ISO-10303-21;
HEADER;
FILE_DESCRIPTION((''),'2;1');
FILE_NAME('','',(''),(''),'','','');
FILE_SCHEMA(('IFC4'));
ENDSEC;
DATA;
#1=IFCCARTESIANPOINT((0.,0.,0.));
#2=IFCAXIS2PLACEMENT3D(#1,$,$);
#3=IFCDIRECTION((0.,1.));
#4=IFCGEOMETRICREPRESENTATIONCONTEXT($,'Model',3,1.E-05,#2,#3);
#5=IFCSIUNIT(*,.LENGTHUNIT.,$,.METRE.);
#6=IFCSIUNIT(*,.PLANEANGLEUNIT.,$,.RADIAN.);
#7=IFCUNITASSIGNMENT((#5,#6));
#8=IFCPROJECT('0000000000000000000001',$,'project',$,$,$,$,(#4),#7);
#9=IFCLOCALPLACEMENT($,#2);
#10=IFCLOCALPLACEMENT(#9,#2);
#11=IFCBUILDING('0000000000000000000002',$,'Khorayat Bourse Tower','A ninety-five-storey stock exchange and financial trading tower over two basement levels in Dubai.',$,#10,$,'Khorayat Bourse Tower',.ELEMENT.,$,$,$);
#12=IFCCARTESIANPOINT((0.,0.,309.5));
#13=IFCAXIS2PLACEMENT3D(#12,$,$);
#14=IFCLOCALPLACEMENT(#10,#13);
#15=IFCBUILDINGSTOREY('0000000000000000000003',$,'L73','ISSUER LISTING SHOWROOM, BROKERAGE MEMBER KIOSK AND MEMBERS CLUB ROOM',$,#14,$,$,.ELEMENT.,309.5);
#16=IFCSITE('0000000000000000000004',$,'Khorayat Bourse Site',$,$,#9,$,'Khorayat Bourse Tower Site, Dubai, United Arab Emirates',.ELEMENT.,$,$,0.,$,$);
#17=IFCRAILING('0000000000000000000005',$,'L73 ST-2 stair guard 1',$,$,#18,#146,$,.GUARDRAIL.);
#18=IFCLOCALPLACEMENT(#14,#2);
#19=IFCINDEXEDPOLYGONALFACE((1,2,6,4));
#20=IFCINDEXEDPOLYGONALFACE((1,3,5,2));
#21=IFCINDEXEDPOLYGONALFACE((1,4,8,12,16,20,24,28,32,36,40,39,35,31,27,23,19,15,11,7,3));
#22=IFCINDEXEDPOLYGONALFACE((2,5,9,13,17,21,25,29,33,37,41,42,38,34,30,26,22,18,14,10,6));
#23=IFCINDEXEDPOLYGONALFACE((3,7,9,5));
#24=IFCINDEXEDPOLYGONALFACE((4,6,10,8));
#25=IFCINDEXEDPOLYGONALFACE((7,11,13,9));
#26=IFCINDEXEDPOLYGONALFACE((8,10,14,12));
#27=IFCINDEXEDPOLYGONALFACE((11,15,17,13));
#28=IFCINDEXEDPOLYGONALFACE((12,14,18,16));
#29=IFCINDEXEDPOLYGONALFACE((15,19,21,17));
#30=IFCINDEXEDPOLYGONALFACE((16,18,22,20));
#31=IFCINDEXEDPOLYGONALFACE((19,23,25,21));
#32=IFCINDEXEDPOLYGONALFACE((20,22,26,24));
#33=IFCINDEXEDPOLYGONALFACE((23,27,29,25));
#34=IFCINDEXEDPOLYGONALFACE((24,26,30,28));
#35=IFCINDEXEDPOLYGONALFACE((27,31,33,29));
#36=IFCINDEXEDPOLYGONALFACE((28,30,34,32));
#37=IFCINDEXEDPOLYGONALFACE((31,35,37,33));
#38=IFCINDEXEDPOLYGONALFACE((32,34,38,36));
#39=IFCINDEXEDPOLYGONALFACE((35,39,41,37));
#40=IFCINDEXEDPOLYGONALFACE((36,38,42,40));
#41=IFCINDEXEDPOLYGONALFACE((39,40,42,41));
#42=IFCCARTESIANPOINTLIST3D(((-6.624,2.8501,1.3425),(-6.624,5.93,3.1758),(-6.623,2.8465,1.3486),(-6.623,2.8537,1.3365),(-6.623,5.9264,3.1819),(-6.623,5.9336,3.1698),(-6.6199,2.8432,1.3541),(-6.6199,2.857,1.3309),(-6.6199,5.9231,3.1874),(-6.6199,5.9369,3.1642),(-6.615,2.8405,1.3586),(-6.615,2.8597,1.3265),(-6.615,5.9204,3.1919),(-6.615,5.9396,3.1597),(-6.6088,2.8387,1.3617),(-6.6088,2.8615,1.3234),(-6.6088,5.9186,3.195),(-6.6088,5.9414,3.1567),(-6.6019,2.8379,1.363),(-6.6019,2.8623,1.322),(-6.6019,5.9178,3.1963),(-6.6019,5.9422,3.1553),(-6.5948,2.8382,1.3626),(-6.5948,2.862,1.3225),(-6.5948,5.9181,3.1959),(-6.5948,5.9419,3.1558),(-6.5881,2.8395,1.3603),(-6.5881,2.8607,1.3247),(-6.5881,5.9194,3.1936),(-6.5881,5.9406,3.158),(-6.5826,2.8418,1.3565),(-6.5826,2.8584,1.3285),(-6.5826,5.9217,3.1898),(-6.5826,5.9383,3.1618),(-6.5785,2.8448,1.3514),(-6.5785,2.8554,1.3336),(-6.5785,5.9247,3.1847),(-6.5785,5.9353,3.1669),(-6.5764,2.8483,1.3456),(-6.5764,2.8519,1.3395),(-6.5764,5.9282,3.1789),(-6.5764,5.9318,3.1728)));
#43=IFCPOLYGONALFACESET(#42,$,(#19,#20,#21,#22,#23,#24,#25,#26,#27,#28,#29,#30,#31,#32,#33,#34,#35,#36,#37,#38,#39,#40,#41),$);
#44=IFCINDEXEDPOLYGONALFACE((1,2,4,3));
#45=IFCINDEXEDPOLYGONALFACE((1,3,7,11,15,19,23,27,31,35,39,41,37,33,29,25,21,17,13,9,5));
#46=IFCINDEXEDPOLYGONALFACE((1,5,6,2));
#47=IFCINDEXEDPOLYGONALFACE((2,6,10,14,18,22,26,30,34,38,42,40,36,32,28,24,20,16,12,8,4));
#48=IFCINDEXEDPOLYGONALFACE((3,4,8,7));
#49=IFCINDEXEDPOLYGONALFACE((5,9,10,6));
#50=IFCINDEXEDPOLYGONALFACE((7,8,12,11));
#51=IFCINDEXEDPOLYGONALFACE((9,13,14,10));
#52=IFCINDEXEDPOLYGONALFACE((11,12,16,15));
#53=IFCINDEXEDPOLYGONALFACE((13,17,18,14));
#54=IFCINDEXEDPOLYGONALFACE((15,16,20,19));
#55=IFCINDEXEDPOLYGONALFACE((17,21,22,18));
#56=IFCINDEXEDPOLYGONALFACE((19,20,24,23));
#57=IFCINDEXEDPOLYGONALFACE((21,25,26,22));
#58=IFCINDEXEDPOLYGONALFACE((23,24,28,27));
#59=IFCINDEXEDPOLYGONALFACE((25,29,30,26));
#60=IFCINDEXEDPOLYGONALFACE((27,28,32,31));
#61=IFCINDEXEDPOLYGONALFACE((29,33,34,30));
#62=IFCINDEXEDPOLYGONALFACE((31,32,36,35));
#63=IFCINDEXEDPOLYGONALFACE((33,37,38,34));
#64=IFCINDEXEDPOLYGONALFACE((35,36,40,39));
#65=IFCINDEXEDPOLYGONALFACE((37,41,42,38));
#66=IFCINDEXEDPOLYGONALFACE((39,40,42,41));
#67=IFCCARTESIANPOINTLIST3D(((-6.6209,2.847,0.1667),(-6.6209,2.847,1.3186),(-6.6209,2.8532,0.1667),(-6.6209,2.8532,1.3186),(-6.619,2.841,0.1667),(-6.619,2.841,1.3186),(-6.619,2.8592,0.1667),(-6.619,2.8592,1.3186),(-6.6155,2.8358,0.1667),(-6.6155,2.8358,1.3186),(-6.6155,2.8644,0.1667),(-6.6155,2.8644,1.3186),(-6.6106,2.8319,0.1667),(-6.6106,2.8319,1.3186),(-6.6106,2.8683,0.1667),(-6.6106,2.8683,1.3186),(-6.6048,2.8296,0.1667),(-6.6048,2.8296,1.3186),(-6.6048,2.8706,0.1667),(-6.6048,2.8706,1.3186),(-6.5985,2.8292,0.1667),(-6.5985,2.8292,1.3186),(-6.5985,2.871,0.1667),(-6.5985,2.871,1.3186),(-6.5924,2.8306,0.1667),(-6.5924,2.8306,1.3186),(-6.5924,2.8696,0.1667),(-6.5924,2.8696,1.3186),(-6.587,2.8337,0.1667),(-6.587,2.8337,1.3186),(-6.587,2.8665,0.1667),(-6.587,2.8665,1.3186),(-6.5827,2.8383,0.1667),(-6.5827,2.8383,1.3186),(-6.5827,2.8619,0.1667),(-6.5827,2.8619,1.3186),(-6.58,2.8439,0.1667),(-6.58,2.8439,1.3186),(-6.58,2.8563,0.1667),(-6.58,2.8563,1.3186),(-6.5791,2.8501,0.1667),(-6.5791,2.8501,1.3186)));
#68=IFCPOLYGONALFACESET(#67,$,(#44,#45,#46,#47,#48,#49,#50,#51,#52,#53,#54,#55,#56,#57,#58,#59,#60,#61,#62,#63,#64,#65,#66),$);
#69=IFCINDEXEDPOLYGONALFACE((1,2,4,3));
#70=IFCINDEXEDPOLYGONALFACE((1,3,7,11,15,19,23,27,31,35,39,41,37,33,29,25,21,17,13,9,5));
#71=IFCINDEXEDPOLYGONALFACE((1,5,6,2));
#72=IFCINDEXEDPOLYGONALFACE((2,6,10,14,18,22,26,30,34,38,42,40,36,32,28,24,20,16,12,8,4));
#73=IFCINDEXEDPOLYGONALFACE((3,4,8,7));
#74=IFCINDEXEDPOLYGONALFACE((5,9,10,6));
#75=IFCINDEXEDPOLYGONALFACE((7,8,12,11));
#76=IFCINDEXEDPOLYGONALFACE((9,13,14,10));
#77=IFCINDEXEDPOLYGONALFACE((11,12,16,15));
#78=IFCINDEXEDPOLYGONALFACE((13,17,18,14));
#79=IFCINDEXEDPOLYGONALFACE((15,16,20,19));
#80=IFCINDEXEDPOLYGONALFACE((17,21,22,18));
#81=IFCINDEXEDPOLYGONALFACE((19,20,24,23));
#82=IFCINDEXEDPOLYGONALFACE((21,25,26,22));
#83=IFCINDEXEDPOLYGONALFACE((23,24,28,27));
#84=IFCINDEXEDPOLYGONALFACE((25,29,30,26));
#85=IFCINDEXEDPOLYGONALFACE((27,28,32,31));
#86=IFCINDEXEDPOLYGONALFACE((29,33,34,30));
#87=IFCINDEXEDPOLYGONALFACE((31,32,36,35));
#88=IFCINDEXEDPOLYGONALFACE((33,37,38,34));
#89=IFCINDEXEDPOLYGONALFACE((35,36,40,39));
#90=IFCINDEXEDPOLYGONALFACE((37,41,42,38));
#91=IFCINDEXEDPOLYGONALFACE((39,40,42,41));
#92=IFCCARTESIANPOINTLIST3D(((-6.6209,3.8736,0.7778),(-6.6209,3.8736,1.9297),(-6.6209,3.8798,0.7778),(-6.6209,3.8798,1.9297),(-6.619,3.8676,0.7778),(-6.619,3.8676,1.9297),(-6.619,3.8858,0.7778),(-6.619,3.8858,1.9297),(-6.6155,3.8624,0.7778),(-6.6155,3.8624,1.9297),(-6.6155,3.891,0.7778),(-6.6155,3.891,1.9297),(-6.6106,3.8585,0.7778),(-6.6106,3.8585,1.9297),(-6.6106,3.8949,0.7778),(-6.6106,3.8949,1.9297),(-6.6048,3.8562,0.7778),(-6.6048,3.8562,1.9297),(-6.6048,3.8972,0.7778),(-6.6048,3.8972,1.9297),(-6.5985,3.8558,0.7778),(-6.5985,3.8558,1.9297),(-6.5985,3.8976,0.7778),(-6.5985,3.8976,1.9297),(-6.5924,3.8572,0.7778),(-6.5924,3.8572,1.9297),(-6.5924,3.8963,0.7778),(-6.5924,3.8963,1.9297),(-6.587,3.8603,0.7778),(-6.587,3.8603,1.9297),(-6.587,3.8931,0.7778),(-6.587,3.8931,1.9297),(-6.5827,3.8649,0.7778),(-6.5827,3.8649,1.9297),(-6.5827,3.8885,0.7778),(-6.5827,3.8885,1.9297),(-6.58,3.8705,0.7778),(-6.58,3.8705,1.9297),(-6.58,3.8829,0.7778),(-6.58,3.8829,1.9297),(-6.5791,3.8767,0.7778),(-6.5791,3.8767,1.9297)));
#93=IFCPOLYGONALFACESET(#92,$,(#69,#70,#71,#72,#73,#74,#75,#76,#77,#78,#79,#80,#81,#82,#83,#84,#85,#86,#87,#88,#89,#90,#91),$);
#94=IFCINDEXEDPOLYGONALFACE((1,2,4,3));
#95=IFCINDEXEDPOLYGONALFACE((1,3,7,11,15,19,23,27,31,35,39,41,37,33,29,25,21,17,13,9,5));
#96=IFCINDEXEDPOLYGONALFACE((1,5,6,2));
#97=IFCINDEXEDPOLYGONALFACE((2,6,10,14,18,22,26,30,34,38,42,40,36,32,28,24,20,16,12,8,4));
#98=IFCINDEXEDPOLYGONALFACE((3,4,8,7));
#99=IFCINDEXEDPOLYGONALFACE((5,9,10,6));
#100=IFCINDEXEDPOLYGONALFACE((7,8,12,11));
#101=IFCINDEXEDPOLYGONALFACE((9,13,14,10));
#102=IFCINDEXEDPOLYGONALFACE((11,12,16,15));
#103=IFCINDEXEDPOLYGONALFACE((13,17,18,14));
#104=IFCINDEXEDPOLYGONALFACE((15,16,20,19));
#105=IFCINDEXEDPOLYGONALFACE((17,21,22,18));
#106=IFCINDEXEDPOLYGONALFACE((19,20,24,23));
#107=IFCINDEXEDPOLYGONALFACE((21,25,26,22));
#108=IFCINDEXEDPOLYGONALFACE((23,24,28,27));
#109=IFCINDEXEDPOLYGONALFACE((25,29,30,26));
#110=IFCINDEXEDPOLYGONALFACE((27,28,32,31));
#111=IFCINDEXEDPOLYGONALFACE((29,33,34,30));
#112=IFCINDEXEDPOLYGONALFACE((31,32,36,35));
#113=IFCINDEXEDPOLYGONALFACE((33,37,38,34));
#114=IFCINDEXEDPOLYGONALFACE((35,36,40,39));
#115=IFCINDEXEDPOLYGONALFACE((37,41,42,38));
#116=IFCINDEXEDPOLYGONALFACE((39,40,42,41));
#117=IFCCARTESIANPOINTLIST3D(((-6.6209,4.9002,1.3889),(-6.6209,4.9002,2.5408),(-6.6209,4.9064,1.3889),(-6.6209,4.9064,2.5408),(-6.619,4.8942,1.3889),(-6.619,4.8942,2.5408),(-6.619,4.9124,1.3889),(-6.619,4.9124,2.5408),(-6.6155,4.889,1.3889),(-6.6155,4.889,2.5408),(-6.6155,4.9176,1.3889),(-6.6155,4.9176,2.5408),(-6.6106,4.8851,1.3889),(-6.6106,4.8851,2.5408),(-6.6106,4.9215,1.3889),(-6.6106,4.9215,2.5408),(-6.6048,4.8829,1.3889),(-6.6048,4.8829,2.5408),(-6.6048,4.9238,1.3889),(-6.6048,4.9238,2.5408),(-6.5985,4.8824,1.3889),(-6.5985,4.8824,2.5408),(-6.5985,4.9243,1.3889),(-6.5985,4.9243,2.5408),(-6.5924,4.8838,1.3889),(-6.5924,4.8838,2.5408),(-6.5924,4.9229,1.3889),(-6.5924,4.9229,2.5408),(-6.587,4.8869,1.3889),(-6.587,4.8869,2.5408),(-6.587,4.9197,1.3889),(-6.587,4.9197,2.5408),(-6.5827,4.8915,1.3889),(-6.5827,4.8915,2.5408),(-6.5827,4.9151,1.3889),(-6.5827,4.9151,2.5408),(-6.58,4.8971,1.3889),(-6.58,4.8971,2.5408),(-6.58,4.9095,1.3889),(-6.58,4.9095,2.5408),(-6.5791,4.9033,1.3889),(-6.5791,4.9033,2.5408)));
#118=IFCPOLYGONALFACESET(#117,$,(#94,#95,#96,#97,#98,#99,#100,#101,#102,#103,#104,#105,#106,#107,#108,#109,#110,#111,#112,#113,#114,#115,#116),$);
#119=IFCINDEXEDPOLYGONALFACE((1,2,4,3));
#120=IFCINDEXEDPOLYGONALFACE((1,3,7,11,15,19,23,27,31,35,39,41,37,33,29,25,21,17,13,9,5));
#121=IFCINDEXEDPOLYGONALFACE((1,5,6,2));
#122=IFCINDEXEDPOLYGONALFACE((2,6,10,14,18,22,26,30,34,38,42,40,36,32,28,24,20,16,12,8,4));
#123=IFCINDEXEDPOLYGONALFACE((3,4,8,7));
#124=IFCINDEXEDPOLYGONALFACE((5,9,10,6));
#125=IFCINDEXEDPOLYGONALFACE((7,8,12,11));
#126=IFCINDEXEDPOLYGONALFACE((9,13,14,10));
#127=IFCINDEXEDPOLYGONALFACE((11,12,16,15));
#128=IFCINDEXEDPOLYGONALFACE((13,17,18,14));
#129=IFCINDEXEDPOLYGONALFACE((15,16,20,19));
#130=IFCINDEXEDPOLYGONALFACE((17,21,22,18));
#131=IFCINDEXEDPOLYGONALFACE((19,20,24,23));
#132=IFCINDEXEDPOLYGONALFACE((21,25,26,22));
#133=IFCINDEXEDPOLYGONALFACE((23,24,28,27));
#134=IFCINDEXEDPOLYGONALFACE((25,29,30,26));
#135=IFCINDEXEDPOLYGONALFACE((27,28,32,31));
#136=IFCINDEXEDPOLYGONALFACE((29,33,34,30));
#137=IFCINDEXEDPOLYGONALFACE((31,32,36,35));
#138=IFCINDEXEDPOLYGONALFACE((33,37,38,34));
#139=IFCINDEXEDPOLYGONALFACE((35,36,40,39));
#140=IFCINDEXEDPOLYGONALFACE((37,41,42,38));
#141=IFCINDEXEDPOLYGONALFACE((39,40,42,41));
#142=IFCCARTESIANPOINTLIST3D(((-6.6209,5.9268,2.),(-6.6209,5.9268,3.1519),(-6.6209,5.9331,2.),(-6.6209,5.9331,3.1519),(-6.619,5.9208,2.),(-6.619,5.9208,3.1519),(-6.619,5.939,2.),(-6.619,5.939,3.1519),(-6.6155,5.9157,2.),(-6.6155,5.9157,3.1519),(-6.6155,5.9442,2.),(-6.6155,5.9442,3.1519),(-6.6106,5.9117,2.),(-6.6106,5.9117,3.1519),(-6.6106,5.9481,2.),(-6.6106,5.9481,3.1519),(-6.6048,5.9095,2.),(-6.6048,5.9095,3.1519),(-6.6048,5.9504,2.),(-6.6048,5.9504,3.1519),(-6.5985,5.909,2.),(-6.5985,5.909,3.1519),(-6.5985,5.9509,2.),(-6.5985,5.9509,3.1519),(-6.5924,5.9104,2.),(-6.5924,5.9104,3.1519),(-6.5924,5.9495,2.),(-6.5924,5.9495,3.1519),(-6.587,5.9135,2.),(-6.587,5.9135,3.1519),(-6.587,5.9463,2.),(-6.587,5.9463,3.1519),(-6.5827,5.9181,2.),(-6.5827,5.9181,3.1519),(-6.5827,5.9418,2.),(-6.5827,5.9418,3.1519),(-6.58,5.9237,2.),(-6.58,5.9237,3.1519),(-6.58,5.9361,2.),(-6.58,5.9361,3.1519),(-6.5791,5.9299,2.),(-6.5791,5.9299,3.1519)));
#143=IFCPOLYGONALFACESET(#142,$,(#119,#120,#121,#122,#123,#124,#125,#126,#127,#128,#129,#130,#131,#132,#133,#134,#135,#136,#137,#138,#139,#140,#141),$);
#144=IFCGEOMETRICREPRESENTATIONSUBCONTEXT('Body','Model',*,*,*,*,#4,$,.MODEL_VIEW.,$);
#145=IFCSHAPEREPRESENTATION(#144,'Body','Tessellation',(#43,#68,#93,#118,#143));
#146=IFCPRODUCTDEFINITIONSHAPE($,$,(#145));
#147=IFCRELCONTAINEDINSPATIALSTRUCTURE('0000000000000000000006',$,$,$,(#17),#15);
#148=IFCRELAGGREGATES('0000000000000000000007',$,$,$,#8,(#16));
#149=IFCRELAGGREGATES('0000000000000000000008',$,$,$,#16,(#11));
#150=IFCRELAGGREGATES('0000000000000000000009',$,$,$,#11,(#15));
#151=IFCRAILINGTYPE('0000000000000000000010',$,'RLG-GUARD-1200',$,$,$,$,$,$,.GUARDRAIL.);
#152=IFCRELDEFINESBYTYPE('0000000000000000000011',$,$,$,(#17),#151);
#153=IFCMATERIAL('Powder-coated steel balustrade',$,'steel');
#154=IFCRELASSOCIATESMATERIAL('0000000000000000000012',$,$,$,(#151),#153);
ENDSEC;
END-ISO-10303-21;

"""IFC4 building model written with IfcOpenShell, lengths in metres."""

from ifc_helpers import new_model, si_unit, direction, frame, origin, origin_2d, place, context, subcontext, project, spatial, circle, extrude, source, transform, mapped, material, type_object, element, save


model = new_model("IFC4")

# Units and contexts
model_context = context("Model", 3, precision=1e-05, world=origin(), true_north=direction((0.0, 1.0)))
body_context = subcontext(model_context, "Body", "Model", "MODEL_VIEW")
ifc_project = project(units=[si_unit("LENGTHUNIT", "METRE"), si_unit("PLANEANGLEUNIT", "RADIAN")], contexts=[model_context])

# Site, building, storey
site_placement = place(None, origin())
site = spatial("IfcSite", under=ifc_project, at=site_placement, Name="Khorayat Bourse Site", LongName="Khorayat Bourse Tower Site, Dubai, United Arab Emirates", CompositionType="ELEMENT", RefElevation=0.0)
building_placement = place(site_placement, origin())
building = spatial("IfcBuilding", under=site, at=building_placement, Name="Khorayat Bourse Tower", Description="A ninety-five-storey stock exchange and financial trading tower over two basement levels in Dubai.", LongName="Khorayat Bourse Tower", CompositionType="ELEMENT")
storey_placement = place(building_placement, frame((0.0, 0.0, 309.5)))
storey = spatial("IfcBuildingStorey", under=building, at=storey_placement, Name="L73", Description="ISSUER LISTING SHOWROOM, BROKERAGE MEMBER KIOSK AND MEMBERS CLUB ROOM", CompositionType="ELEMENT", Elevation=309.5)

# Railing
ifc_material_1 = material(Name="Powder-coated steel balustrade", Category="steel")
railing_type_1 = type_object("IfcRailingType", Name="RLG-GUARD-1200", PredefinedType="GUARDRAIL", material=ifc_material_1)
shared_shape_1 = source(origin(), body_context, "Body", "SweptSolid", [
    extrude(circle(Radius=0.0239, at=origin_2d()), frame((0.0, 0.0, 1.1758), z_axis=(0.0, 0.859291, 0.511487), x_axis=(-1.0, 0.0, 0.0)), (0.0, 0.0, 1.0), 3.5842),
    extrude(circle(Radius=0.021, at=origin_2d()), origin(), (0.0, 0.0, 1.0), 1.1519),
    extrude(circle(Radius=0.021, at=origin_2d()), frame((0.0, 1.0266, 0.6111)), (0.0, 0.0, 1.0), 1.1519),
    extrude(circle(Radius=0.021, at=origin_2d()), frame((0.0, 2.0532, 1.2222)), (0.0, 0.0, 1.0), 1.1519),
    extrude(circle(Radius=0.021, at=origin_2d()), frame((0.0, 3.0798, 1.8333)), (0.0, 0.0, 1.0), 1.1519),
])
railing_1_placement = place(storey_placement, frame((-6.6001, 2.8501, 0.1667)))
element("IfcRailing", 1, at=railing_1_placement, inside=storey, type_object=railing_type_1, Name="L73 ST-2 stair guard 1", PredefinedType="GUARDRAIL", context=body_context, shape_type="MappedRepresentation", body=[
    mapped(shared_shape_1, transform((0.0, 0.0, 0.0), scale=1.0)),
])

save(model, "model.ifc")
